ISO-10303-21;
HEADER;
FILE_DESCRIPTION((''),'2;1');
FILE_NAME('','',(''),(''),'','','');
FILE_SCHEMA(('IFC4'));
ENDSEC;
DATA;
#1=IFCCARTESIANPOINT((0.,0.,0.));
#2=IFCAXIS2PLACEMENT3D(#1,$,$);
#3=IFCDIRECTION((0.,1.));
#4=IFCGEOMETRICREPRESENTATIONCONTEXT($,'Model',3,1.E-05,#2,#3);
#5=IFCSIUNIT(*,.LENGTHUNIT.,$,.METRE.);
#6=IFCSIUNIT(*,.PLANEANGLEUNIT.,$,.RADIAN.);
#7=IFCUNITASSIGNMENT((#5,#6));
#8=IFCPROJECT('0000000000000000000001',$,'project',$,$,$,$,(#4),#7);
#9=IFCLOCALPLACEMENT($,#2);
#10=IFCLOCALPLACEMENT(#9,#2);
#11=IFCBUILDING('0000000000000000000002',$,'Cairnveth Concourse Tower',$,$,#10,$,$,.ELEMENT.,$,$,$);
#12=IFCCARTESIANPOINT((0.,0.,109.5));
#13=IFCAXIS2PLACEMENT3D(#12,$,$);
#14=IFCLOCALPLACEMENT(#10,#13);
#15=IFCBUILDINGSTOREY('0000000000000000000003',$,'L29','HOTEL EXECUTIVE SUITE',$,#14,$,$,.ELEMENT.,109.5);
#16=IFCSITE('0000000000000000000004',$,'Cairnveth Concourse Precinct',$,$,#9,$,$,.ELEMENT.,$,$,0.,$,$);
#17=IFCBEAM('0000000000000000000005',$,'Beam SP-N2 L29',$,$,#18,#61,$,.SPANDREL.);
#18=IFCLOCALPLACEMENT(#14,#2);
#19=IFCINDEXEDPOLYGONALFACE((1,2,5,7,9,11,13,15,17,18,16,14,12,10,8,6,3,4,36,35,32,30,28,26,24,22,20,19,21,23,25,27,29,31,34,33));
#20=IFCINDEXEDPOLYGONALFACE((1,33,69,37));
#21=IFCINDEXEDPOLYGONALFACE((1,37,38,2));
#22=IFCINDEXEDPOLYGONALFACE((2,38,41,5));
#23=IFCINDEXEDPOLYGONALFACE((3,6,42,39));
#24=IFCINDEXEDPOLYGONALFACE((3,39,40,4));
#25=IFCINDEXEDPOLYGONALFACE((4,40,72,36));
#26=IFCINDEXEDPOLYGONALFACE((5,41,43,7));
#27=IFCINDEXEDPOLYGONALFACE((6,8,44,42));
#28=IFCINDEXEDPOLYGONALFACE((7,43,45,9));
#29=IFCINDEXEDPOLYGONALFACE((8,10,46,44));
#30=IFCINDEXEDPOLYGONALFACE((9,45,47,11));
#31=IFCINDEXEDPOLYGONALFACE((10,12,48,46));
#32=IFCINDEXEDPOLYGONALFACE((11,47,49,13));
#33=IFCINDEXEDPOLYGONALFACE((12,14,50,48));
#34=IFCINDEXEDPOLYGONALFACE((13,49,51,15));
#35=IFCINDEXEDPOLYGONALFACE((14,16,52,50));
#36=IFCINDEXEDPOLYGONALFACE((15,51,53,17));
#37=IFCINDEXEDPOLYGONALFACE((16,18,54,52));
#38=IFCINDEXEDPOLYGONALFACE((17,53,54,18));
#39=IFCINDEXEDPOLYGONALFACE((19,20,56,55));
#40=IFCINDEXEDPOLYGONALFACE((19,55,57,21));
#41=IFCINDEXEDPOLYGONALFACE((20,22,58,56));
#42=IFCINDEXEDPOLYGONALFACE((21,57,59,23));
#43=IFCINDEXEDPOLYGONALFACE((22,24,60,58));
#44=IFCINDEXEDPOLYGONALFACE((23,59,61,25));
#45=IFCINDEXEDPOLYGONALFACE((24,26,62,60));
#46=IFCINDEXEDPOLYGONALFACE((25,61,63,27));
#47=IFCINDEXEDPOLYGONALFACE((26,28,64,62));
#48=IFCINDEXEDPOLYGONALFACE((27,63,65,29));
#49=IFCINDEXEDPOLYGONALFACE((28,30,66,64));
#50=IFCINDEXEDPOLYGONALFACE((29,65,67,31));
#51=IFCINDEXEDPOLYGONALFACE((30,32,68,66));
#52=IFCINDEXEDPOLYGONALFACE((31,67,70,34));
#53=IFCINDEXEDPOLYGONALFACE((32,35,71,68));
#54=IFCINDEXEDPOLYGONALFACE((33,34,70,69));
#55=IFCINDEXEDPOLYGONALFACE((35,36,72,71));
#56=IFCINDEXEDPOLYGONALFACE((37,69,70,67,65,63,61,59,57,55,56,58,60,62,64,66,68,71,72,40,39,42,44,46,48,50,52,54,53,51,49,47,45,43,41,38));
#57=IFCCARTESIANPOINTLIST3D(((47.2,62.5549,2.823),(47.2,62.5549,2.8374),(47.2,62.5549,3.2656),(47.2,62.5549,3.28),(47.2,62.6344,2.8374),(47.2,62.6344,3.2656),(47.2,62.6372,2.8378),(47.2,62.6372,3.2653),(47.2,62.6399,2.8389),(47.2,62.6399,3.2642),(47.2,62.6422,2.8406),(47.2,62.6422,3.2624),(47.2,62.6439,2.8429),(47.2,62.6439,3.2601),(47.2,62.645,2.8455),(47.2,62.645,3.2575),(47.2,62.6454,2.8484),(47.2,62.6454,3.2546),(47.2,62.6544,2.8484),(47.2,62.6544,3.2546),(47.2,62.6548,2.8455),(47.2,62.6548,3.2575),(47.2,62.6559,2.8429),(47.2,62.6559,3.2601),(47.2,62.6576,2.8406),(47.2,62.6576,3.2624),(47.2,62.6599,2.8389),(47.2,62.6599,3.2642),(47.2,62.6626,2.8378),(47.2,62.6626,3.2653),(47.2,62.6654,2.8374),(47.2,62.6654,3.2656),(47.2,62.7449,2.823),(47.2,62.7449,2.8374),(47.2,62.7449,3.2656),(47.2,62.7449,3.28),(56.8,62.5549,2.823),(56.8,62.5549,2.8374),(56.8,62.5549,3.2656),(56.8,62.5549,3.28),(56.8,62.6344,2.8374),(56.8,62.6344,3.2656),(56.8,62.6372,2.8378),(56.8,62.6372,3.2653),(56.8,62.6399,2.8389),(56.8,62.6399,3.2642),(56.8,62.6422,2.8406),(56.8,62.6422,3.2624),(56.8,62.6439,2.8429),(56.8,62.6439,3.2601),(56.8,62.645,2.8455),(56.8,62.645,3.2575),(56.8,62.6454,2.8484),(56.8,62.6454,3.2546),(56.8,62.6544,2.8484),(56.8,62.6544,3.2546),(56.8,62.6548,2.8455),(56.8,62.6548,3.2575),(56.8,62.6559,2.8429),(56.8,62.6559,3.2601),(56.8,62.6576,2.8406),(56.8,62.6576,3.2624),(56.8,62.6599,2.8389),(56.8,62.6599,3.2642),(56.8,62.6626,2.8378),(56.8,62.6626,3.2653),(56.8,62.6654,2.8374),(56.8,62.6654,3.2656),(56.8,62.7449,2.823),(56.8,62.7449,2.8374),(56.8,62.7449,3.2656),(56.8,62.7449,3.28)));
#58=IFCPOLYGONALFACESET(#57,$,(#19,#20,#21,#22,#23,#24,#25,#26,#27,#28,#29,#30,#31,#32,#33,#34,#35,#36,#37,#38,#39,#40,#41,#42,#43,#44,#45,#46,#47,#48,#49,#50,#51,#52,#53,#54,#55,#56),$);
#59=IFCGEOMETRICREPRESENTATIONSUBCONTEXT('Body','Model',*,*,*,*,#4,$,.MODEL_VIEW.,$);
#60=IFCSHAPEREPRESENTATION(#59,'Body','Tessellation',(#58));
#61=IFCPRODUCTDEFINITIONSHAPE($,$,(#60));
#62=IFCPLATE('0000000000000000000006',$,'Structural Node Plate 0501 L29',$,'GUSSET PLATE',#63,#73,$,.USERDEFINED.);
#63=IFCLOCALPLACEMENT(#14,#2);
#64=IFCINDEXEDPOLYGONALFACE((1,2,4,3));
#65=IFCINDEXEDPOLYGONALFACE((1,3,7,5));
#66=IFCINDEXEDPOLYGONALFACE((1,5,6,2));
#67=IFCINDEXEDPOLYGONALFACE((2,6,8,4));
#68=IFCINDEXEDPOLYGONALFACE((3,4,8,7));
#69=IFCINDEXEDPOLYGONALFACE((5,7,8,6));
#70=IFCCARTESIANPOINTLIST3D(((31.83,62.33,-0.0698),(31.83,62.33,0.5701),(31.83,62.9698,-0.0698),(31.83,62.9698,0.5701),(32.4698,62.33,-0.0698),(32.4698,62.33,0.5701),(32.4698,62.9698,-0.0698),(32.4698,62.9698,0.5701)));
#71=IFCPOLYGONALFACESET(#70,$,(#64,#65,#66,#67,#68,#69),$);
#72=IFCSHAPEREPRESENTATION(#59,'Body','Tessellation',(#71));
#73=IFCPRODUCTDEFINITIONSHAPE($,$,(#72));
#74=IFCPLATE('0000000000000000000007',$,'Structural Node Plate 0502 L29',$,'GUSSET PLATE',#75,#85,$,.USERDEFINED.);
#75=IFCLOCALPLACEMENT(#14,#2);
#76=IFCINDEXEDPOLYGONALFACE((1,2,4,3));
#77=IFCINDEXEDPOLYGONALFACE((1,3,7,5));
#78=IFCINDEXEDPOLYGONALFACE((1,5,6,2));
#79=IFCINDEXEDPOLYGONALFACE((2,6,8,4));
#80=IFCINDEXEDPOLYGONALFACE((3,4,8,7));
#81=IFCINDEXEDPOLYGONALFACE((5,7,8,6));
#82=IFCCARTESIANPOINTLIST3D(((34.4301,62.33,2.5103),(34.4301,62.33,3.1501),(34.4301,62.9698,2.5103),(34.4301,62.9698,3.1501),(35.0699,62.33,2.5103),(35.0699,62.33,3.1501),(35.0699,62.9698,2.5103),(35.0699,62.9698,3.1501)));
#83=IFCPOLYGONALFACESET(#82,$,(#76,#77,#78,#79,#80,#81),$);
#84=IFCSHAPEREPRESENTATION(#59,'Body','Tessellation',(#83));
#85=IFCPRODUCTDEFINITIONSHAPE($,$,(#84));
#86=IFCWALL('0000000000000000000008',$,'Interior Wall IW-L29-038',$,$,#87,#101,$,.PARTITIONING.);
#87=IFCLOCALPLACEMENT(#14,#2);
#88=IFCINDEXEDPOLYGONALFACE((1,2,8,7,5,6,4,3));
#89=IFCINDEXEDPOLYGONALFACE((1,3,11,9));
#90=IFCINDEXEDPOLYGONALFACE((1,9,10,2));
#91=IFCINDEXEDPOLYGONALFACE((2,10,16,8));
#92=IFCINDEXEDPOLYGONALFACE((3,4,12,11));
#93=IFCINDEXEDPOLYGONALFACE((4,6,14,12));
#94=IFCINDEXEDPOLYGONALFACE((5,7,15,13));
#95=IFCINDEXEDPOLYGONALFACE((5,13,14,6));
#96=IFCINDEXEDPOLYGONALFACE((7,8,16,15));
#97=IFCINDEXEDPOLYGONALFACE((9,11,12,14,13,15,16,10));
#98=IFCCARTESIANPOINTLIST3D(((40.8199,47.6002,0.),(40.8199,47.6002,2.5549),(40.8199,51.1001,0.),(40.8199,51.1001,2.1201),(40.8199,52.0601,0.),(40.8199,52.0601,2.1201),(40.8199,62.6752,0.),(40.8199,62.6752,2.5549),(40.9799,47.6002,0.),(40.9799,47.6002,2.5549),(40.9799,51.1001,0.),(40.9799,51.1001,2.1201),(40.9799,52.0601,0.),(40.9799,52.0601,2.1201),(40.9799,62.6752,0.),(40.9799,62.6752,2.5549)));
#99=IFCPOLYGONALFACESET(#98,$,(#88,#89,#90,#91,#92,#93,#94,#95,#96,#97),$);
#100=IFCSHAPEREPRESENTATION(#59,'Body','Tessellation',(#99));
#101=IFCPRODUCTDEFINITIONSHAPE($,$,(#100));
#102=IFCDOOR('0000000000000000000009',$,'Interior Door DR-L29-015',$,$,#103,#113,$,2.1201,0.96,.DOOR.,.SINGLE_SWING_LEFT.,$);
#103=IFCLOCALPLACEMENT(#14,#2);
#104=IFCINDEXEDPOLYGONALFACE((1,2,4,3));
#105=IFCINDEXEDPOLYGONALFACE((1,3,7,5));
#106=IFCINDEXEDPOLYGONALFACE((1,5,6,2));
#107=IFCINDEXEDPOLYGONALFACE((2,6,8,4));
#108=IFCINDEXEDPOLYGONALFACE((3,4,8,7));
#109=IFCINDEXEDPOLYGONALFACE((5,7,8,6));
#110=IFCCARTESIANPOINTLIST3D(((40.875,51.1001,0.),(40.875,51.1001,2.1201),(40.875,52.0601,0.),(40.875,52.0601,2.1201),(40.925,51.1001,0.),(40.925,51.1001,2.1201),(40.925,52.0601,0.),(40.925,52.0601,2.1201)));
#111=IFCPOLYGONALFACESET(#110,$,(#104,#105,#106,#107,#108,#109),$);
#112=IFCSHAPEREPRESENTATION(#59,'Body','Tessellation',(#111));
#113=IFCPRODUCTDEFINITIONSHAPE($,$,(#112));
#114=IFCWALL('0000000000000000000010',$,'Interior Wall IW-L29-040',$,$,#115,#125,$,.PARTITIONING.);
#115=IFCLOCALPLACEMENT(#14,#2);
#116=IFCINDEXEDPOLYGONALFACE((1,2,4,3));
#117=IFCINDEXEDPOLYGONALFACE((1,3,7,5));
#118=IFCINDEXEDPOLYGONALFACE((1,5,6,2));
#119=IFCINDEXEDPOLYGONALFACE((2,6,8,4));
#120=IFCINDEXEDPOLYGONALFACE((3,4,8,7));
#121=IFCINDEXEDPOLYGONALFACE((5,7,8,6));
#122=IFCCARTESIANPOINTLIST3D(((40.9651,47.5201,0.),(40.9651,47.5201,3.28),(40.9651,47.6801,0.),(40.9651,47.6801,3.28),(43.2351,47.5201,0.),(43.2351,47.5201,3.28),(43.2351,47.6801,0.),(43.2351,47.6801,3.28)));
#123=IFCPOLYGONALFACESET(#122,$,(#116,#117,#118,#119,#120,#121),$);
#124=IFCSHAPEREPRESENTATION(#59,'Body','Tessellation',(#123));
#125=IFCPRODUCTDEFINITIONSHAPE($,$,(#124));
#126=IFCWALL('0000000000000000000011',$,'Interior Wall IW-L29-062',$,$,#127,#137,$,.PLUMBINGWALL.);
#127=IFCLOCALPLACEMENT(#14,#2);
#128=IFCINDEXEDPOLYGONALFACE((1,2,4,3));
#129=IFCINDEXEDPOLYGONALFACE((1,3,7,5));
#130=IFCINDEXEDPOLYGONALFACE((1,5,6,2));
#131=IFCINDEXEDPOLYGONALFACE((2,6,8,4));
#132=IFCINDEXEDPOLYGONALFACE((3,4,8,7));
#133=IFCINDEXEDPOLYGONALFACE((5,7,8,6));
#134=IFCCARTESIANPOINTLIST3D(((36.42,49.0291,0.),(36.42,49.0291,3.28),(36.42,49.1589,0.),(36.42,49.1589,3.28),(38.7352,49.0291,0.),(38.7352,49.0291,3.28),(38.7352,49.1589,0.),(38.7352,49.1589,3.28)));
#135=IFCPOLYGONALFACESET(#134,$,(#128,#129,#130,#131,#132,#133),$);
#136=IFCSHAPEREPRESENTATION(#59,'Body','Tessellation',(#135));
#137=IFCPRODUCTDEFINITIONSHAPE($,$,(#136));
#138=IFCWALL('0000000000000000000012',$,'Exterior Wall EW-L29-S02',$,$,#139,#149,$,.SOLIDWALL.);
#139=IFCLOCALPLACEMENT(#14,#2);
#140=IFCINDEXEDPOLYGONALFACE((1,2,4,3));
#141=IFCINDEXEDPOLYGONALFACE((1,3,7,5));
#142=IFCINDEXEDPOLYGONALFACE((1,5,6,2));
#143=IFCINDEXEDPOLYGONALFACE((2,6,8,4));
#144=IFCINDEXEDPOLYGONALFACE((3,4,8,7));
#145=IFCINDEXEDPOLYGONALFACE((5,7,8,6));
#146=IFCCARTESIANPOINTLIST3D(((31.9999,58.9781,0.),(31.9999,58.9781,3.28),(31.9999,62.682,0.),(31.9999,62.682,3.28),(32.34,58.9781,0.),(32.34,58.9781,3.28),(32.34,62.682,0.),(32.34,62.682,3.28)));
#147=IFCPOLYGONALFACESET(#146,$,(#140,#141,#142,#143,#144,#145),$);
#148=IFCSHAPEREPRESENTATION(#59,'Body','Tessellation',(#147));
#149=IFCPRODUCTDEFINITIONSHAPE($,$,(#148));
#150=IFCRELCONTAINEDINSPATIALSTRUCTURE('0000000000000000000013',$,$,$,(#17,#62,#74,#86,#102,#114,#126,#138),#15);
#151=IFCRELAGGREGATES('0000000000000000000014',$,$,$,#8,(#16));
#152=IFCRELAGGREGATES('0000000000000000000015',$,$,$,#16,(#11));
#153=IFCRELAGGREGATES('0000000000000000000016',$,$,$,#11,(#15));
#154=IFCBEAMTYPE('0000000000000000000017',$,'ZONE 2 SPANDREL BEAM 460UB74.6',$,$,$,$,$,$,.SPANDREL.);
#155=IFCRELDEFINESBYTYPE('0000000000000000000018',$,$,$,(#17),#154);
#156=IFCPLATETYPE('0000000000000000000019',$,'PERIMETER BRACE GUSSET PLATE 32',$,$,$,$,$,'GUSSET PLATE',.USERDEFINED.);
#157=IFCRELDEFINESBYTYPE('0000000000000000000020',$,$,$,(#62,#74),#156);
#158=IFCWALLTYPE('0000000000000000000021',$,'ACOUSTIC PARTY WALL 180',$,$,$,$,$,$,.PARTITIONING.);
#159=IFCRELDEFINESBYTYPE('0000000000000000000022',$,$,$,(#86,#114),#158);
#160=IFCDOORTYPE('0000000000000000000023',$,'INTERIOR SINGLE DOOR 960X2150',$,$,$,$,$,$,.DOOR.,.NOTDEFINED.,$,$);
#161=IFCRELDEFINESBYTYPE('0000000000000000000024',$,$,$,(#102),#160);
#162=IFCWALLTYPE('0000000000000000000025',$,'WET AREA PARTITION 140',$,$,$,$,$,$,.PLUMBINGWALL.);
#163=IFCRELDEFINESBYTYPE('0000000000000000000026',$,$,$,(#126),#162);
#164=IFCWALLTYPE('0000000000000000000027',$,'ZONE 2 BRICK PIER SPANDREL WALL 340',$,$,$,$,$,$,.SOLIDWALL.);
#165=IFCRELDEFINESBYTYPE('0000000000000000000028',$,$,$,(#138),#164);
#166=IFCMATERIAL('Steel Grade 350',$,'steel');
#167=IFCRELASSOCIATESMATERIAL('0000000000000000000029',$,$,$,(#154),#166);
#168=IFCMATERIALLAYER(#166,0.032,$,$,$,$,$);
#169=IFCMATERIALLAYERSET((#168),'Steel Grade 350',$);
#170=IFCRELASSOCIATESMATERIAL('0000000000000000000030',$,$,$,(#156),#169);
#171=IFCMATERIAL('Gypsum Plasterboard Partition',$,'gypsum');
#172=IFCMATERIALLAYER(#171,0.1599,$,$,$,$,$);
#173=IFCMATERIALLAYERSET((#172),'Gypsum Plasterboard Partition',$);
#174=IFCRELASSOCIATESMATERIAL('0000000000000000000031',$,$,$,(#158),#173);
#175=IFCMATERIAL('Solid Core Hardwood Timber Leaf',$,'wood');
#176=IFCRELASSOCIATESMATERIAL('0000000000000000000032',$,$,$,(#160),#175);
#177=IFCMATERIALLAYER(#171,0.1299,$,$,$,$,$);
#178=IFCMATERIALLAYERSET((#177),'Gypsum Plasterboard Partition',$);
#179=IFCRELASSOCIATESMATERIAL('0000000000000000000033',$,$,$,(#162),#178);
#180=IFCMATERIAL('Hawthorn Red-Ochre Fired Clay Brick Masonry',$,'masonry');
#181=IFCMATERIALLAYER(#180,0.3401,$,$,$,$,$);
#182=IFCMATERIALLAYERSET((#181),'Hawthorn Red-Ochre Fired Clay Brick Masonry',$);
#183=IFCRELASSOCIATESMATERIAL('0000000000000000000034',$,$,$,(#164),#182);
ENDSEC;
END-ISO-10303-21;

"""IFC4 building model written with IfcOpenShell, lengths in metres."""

from ifc_helpers import new_model, si_unit, direction, frame, frame_2d, origin, origin_2d, place, context, subcontext, project, spatial, rectangle, i_section, extrude, material, layer, layer_set, material_profile, profile_set, type_object, element, fill, save


model = new_model("IFC4")

# Units and contexts
model_context = context("Model", 3, precision=1e-05, world=origin(), true_north=direction((0.0, 1.0)))
body_context = subcontext(model_context, "Body", "Model", "MODEL_VIEW")
ifc_project = project(units=[si_unit("LENGTHUNIT", "METRE"), si_unit("PLANEANGLEUNIT", "RADIAN")], contexts=[model_context])

# Site, building, storey
site_placement = place(None, origin())
site = spatial("IfcSite", under=ifc_project, at=site_placement, Name="Cairnveth Concourse Precinct", CompositionType="ELEMENT", RefElevation=0.0)
building_placement = place(site_placement, origin())
building = spatial("IfcBuilding", under=site, at=building_placement, Name="Cairnveth Concourse Tower", CompositionType="ELEMENT")
storey_placement = place(building_placement, frame((0.0, 0.0, 109.5)))
storey = spatial("IfcBuildingStorey", under=building, at=storey_placement, Name="L29", Description="HOTEL EXECUTIVE SUITE", CompositionType="ELEMENT", Elevation=109.5)

# Beam
ifc_material_1 = material(Name="Steel Grade 350", Category="steel")
ifc_material_profile_1 = material_profile(ifc_material_1, i_section(OverallWidth=0.1899, OverallDepth=0.457, WebThickness=0.009, FlangeThickness=0.0144, FilletRadius=0.011, at=origin_2d()), Name="460UB74.6")
ifc_profile_set_1 = profile_set([ifc_material_profile_1], Name="Steel Grade 350")
beam_type_1 = type_object("IfcBeamType", Name="ZONE 2 SPANDREL BEAM 460UB74.6", PredefinedType="SPANDREL", material=ifc_profile_set_1)
beam_1_placement = place(storey_placement, frame((47.2, 62.6499, 3.0515), z_axis=(1.0, 0.0, 0.0), x_axis=(0.0, 1.0, 0.0)))
element("IfcBeam", 1, at=beam_1_placement, inside=storey, type_object=beam_type_1, Name="Beam SP-N2 L29", PredefinedType="SPANDREL", context=body_context, shape_type="SweptSolid", body=[
    extrude(i_section(OverallWidth=0.1899, OverallDepth=0.457, WebThickness=0.009, FlangeThickness=0.0144, FilletRadius=0.011, at=origin_2d()), origin(), (0.0, 0.0, 1.0), 9.6001),
])

# Plates
ifc_layer_1 = layer(ifc_material_1, 0.032)
ifc_layer_set_1 = layer_set([ifc_layer_1], Name="Steel Grade 350")
plate_type = type_object("IfcPlateType", Name="PERIMETER BRACE GUSSET PLATE 32", ElementType="GUSSET PLATE", PredefinedType="USERDEFINED", material=ifc_layer_set_1)
for number, where, z_axis, x_axis, name in (
    (2, (32.1499, 62.6499, -0.0698), (0.0, 0.0, 1.0), (1.0, 0.0, 0.0), "Structural Node Plate 0501 L29"),
    (3, (34.75, 62.6499, 2.5103), (0.0, 0.0, 1.0), (1.0, 0.0, 0.0), "Structural Node Plate 0502 L29"),
):
    element("IfcPlate", number, at=place(storey_placement, frame(where, z_axis=z_axis, x_axis=x_axis)), inside=storey, type_object=plate_type, Name=name, ObjectType="GUSSET PLATE", PredefinedType="USERDEFINED", context=body_context, shape_type="SweptSolid", body=[
        extrude(rectangle(XDim=0.6399, YDim=0.6399, at=origin_2d()), origin(), (0.0, 0.0, 1.0), 0.6399),
    ])

# Wall, opening, door
ifc_material_2 = material(Name="Gypsum Plasterboard Partition", Category="gypsum")
ifc_layer_2 = layer(ifc_material_2, 0.1599)
ifc_layer_set_2 = layer_set([ifc_layer_2], Name="Gypsum Plasterboard Partition")
wall_type_1 = type_object("IfcWallType", Name="ACOUSTIC PARTY WALL 180", PredefinedType="PARTITIONING", material=ifc_layer_set_2)
wall_1_placement = place(storey_placement, frame((40.8999, 47.6001, 0.0), z_axis=(0.0, 0.0, 1.0), x_axis=(0.0, 1.0, 0.0)))
wall_1 = element("IfcWall", 4, at=wall_1_placement, inside=storey, type_object=wall_type_1, Name="Interior Wall IW-L29-038", PredefinedType="PARTITIONING", context=body_context, shape_type="SweptSolid", body=[
    extrude(rectangle(XDim=15.075, YDim=0.1599, at=frame_2d((7.5376, 0.0))), origin(), (0.0, 0.0, 1.0), 2.5549),
])
opening_1_placement = place(wall_1_placement, frame((3.5, 0.0, 0.0)))
opening_1 = element("IfcOpeningElement", 5, at=opening_1_placement, cuts=wall_1, PredefinedType="OPENING", context=body_context, shape_type="SweptSolid", body=[
    extrude(rectangle(XDim=0.96, YDim=2.1201, at=frame_2d((0.48, 1.0601))), frame((0.0, 0.0898, 0.0), z_axis=(0.0, -1.0, 0.0), x_axis=(1.0, 0.0, 0.0)), (0.0, 0.0, 1.0), 0.1799),
])
ifc_material_3 = material(Name="Solid Core Hardwood Timber Leaf", Category="wood")
door_type = type_object("IfcDoorType", Name="INTERIOR SINGLE DOOR 960X2150", OperationType="NOTDEFINED", PredefinedType="DOOR", material=ifc_material_3)
door_placement = place(opening_1_placement, origin())
door = element("IfcDoor", 6, at=door_placement, inside=storey, type_object=door_type, Name="Interior Door DR-L29-015", OperationType="SINGLE_SWING_LEFT", OverallHeight=2.1201, OverallWidth=0.96, PredefinedType="DOOR", context=body_context, shape_type="SweptSolid", body=[
    extrude(rectangle(XDim=0.96, YDim=2.1201, at=frame_2d((0.48, 1.0601))), frame((0.0, 0.0249, 0.0), z_axis=(0.0, -1.0, 0.0), x_axis=(1.0, 0.0, 0.0)), (0.0, 0.0, 1.0), 0.05),
])
fill(opening_1, door)

# Walls
wall_2_placement = place(storey_placement, frame((40.9651, 47.6001, 0.0), z_axis=(0.0, 0.0, 1.0), x_axis=(1.0, 0.0, 0.0)))
element("IfcWall", 7, at=wall_2_placement, inside=storey, type_object=wall_type_1, Name="Interior Wall IW-L29-040", PredefinedType="PARTITIONING", context=body_context, shape_type="SweptSolid", body=[
    extrude(rectangle(XDim=2.27, YDim=0.1599, at=frame_2d((1.135, 0.0))), origin(), (0.0, 0.0, 1.0), 3.28),
])
ifc_layer_3 = layer(ifc_material_2, 0.1299)
ifc_layer_set_3 = layer_set([ifc_layer_3], Name="Gypsum Plasterboard Partition")
wall_type_2 = type_object("IfcWallType", Name="WET AREA PARTITION 140", PredefinedType="PLUMBINGWALL", material=ifc_layer_set_3)
wall_3_placement = place(storey_placement, frame((36.4199, 49.094, 0.0), z_axis=(0.0, 0.0, 1.0), x_axis=(1.0, 0.0, 0.0)))
element("IfcWall", 8, at=wall_3_placement, inside=storey, type_object=wall_type_2, Name="Interior Wall IW-L29-062", PredefinedType="PLUMBINGWALL", context=body_context, shape_type="SweptSolid", body=[
    extrude(rectangle(XDim=2.3152, YDim=0.1299, at=frame_2d((1.1577, 0.0))), origin(), (0.0, 0.0, 1.0), 3.28),
])
ifc_material_4 = material(Name="Hawthorn Red-Ochre Fired Clay Brick Masonry", Category="masonry")
ifc_layer_4 = layer(ifc_material_4, 0.3401)
ifc_layer_set_4 = layer_set([ifc_layer_4], Name="Hawthorn Red-Ochre Fired Clay Brick Masonry")
wall_type_3 = type_object("IfcWallType", Name="ZONE 2 BRICK PIER SPANDREL WALL 340", PredefinedType="SOLIDWALL", material=ifc_layer_set_4)
wall_4_placement = place(storey_placement, frame((32.1699, 58.978, 0.0), z_axis=(0.0, 0.0, 1.0), x_axis=(0.0, 1.0, 0.0)))
element("IfcWall", 9, at=wall_4_placement, inside=storey, type_object=wall_type_3, Name="Exterior Wall EW-L29-S02", PredefinedType="SOLIDWALL", context=body_context, shape_type="SweptSolid", body=[
    extrude(rectangle(XDim=3.7039, YDim=0.3401, at=frame_2d((1.8521, 0.0))), origin(), (0.0, 0.0, 1.0), 3.28),
])

save(model, "model.ifc")
